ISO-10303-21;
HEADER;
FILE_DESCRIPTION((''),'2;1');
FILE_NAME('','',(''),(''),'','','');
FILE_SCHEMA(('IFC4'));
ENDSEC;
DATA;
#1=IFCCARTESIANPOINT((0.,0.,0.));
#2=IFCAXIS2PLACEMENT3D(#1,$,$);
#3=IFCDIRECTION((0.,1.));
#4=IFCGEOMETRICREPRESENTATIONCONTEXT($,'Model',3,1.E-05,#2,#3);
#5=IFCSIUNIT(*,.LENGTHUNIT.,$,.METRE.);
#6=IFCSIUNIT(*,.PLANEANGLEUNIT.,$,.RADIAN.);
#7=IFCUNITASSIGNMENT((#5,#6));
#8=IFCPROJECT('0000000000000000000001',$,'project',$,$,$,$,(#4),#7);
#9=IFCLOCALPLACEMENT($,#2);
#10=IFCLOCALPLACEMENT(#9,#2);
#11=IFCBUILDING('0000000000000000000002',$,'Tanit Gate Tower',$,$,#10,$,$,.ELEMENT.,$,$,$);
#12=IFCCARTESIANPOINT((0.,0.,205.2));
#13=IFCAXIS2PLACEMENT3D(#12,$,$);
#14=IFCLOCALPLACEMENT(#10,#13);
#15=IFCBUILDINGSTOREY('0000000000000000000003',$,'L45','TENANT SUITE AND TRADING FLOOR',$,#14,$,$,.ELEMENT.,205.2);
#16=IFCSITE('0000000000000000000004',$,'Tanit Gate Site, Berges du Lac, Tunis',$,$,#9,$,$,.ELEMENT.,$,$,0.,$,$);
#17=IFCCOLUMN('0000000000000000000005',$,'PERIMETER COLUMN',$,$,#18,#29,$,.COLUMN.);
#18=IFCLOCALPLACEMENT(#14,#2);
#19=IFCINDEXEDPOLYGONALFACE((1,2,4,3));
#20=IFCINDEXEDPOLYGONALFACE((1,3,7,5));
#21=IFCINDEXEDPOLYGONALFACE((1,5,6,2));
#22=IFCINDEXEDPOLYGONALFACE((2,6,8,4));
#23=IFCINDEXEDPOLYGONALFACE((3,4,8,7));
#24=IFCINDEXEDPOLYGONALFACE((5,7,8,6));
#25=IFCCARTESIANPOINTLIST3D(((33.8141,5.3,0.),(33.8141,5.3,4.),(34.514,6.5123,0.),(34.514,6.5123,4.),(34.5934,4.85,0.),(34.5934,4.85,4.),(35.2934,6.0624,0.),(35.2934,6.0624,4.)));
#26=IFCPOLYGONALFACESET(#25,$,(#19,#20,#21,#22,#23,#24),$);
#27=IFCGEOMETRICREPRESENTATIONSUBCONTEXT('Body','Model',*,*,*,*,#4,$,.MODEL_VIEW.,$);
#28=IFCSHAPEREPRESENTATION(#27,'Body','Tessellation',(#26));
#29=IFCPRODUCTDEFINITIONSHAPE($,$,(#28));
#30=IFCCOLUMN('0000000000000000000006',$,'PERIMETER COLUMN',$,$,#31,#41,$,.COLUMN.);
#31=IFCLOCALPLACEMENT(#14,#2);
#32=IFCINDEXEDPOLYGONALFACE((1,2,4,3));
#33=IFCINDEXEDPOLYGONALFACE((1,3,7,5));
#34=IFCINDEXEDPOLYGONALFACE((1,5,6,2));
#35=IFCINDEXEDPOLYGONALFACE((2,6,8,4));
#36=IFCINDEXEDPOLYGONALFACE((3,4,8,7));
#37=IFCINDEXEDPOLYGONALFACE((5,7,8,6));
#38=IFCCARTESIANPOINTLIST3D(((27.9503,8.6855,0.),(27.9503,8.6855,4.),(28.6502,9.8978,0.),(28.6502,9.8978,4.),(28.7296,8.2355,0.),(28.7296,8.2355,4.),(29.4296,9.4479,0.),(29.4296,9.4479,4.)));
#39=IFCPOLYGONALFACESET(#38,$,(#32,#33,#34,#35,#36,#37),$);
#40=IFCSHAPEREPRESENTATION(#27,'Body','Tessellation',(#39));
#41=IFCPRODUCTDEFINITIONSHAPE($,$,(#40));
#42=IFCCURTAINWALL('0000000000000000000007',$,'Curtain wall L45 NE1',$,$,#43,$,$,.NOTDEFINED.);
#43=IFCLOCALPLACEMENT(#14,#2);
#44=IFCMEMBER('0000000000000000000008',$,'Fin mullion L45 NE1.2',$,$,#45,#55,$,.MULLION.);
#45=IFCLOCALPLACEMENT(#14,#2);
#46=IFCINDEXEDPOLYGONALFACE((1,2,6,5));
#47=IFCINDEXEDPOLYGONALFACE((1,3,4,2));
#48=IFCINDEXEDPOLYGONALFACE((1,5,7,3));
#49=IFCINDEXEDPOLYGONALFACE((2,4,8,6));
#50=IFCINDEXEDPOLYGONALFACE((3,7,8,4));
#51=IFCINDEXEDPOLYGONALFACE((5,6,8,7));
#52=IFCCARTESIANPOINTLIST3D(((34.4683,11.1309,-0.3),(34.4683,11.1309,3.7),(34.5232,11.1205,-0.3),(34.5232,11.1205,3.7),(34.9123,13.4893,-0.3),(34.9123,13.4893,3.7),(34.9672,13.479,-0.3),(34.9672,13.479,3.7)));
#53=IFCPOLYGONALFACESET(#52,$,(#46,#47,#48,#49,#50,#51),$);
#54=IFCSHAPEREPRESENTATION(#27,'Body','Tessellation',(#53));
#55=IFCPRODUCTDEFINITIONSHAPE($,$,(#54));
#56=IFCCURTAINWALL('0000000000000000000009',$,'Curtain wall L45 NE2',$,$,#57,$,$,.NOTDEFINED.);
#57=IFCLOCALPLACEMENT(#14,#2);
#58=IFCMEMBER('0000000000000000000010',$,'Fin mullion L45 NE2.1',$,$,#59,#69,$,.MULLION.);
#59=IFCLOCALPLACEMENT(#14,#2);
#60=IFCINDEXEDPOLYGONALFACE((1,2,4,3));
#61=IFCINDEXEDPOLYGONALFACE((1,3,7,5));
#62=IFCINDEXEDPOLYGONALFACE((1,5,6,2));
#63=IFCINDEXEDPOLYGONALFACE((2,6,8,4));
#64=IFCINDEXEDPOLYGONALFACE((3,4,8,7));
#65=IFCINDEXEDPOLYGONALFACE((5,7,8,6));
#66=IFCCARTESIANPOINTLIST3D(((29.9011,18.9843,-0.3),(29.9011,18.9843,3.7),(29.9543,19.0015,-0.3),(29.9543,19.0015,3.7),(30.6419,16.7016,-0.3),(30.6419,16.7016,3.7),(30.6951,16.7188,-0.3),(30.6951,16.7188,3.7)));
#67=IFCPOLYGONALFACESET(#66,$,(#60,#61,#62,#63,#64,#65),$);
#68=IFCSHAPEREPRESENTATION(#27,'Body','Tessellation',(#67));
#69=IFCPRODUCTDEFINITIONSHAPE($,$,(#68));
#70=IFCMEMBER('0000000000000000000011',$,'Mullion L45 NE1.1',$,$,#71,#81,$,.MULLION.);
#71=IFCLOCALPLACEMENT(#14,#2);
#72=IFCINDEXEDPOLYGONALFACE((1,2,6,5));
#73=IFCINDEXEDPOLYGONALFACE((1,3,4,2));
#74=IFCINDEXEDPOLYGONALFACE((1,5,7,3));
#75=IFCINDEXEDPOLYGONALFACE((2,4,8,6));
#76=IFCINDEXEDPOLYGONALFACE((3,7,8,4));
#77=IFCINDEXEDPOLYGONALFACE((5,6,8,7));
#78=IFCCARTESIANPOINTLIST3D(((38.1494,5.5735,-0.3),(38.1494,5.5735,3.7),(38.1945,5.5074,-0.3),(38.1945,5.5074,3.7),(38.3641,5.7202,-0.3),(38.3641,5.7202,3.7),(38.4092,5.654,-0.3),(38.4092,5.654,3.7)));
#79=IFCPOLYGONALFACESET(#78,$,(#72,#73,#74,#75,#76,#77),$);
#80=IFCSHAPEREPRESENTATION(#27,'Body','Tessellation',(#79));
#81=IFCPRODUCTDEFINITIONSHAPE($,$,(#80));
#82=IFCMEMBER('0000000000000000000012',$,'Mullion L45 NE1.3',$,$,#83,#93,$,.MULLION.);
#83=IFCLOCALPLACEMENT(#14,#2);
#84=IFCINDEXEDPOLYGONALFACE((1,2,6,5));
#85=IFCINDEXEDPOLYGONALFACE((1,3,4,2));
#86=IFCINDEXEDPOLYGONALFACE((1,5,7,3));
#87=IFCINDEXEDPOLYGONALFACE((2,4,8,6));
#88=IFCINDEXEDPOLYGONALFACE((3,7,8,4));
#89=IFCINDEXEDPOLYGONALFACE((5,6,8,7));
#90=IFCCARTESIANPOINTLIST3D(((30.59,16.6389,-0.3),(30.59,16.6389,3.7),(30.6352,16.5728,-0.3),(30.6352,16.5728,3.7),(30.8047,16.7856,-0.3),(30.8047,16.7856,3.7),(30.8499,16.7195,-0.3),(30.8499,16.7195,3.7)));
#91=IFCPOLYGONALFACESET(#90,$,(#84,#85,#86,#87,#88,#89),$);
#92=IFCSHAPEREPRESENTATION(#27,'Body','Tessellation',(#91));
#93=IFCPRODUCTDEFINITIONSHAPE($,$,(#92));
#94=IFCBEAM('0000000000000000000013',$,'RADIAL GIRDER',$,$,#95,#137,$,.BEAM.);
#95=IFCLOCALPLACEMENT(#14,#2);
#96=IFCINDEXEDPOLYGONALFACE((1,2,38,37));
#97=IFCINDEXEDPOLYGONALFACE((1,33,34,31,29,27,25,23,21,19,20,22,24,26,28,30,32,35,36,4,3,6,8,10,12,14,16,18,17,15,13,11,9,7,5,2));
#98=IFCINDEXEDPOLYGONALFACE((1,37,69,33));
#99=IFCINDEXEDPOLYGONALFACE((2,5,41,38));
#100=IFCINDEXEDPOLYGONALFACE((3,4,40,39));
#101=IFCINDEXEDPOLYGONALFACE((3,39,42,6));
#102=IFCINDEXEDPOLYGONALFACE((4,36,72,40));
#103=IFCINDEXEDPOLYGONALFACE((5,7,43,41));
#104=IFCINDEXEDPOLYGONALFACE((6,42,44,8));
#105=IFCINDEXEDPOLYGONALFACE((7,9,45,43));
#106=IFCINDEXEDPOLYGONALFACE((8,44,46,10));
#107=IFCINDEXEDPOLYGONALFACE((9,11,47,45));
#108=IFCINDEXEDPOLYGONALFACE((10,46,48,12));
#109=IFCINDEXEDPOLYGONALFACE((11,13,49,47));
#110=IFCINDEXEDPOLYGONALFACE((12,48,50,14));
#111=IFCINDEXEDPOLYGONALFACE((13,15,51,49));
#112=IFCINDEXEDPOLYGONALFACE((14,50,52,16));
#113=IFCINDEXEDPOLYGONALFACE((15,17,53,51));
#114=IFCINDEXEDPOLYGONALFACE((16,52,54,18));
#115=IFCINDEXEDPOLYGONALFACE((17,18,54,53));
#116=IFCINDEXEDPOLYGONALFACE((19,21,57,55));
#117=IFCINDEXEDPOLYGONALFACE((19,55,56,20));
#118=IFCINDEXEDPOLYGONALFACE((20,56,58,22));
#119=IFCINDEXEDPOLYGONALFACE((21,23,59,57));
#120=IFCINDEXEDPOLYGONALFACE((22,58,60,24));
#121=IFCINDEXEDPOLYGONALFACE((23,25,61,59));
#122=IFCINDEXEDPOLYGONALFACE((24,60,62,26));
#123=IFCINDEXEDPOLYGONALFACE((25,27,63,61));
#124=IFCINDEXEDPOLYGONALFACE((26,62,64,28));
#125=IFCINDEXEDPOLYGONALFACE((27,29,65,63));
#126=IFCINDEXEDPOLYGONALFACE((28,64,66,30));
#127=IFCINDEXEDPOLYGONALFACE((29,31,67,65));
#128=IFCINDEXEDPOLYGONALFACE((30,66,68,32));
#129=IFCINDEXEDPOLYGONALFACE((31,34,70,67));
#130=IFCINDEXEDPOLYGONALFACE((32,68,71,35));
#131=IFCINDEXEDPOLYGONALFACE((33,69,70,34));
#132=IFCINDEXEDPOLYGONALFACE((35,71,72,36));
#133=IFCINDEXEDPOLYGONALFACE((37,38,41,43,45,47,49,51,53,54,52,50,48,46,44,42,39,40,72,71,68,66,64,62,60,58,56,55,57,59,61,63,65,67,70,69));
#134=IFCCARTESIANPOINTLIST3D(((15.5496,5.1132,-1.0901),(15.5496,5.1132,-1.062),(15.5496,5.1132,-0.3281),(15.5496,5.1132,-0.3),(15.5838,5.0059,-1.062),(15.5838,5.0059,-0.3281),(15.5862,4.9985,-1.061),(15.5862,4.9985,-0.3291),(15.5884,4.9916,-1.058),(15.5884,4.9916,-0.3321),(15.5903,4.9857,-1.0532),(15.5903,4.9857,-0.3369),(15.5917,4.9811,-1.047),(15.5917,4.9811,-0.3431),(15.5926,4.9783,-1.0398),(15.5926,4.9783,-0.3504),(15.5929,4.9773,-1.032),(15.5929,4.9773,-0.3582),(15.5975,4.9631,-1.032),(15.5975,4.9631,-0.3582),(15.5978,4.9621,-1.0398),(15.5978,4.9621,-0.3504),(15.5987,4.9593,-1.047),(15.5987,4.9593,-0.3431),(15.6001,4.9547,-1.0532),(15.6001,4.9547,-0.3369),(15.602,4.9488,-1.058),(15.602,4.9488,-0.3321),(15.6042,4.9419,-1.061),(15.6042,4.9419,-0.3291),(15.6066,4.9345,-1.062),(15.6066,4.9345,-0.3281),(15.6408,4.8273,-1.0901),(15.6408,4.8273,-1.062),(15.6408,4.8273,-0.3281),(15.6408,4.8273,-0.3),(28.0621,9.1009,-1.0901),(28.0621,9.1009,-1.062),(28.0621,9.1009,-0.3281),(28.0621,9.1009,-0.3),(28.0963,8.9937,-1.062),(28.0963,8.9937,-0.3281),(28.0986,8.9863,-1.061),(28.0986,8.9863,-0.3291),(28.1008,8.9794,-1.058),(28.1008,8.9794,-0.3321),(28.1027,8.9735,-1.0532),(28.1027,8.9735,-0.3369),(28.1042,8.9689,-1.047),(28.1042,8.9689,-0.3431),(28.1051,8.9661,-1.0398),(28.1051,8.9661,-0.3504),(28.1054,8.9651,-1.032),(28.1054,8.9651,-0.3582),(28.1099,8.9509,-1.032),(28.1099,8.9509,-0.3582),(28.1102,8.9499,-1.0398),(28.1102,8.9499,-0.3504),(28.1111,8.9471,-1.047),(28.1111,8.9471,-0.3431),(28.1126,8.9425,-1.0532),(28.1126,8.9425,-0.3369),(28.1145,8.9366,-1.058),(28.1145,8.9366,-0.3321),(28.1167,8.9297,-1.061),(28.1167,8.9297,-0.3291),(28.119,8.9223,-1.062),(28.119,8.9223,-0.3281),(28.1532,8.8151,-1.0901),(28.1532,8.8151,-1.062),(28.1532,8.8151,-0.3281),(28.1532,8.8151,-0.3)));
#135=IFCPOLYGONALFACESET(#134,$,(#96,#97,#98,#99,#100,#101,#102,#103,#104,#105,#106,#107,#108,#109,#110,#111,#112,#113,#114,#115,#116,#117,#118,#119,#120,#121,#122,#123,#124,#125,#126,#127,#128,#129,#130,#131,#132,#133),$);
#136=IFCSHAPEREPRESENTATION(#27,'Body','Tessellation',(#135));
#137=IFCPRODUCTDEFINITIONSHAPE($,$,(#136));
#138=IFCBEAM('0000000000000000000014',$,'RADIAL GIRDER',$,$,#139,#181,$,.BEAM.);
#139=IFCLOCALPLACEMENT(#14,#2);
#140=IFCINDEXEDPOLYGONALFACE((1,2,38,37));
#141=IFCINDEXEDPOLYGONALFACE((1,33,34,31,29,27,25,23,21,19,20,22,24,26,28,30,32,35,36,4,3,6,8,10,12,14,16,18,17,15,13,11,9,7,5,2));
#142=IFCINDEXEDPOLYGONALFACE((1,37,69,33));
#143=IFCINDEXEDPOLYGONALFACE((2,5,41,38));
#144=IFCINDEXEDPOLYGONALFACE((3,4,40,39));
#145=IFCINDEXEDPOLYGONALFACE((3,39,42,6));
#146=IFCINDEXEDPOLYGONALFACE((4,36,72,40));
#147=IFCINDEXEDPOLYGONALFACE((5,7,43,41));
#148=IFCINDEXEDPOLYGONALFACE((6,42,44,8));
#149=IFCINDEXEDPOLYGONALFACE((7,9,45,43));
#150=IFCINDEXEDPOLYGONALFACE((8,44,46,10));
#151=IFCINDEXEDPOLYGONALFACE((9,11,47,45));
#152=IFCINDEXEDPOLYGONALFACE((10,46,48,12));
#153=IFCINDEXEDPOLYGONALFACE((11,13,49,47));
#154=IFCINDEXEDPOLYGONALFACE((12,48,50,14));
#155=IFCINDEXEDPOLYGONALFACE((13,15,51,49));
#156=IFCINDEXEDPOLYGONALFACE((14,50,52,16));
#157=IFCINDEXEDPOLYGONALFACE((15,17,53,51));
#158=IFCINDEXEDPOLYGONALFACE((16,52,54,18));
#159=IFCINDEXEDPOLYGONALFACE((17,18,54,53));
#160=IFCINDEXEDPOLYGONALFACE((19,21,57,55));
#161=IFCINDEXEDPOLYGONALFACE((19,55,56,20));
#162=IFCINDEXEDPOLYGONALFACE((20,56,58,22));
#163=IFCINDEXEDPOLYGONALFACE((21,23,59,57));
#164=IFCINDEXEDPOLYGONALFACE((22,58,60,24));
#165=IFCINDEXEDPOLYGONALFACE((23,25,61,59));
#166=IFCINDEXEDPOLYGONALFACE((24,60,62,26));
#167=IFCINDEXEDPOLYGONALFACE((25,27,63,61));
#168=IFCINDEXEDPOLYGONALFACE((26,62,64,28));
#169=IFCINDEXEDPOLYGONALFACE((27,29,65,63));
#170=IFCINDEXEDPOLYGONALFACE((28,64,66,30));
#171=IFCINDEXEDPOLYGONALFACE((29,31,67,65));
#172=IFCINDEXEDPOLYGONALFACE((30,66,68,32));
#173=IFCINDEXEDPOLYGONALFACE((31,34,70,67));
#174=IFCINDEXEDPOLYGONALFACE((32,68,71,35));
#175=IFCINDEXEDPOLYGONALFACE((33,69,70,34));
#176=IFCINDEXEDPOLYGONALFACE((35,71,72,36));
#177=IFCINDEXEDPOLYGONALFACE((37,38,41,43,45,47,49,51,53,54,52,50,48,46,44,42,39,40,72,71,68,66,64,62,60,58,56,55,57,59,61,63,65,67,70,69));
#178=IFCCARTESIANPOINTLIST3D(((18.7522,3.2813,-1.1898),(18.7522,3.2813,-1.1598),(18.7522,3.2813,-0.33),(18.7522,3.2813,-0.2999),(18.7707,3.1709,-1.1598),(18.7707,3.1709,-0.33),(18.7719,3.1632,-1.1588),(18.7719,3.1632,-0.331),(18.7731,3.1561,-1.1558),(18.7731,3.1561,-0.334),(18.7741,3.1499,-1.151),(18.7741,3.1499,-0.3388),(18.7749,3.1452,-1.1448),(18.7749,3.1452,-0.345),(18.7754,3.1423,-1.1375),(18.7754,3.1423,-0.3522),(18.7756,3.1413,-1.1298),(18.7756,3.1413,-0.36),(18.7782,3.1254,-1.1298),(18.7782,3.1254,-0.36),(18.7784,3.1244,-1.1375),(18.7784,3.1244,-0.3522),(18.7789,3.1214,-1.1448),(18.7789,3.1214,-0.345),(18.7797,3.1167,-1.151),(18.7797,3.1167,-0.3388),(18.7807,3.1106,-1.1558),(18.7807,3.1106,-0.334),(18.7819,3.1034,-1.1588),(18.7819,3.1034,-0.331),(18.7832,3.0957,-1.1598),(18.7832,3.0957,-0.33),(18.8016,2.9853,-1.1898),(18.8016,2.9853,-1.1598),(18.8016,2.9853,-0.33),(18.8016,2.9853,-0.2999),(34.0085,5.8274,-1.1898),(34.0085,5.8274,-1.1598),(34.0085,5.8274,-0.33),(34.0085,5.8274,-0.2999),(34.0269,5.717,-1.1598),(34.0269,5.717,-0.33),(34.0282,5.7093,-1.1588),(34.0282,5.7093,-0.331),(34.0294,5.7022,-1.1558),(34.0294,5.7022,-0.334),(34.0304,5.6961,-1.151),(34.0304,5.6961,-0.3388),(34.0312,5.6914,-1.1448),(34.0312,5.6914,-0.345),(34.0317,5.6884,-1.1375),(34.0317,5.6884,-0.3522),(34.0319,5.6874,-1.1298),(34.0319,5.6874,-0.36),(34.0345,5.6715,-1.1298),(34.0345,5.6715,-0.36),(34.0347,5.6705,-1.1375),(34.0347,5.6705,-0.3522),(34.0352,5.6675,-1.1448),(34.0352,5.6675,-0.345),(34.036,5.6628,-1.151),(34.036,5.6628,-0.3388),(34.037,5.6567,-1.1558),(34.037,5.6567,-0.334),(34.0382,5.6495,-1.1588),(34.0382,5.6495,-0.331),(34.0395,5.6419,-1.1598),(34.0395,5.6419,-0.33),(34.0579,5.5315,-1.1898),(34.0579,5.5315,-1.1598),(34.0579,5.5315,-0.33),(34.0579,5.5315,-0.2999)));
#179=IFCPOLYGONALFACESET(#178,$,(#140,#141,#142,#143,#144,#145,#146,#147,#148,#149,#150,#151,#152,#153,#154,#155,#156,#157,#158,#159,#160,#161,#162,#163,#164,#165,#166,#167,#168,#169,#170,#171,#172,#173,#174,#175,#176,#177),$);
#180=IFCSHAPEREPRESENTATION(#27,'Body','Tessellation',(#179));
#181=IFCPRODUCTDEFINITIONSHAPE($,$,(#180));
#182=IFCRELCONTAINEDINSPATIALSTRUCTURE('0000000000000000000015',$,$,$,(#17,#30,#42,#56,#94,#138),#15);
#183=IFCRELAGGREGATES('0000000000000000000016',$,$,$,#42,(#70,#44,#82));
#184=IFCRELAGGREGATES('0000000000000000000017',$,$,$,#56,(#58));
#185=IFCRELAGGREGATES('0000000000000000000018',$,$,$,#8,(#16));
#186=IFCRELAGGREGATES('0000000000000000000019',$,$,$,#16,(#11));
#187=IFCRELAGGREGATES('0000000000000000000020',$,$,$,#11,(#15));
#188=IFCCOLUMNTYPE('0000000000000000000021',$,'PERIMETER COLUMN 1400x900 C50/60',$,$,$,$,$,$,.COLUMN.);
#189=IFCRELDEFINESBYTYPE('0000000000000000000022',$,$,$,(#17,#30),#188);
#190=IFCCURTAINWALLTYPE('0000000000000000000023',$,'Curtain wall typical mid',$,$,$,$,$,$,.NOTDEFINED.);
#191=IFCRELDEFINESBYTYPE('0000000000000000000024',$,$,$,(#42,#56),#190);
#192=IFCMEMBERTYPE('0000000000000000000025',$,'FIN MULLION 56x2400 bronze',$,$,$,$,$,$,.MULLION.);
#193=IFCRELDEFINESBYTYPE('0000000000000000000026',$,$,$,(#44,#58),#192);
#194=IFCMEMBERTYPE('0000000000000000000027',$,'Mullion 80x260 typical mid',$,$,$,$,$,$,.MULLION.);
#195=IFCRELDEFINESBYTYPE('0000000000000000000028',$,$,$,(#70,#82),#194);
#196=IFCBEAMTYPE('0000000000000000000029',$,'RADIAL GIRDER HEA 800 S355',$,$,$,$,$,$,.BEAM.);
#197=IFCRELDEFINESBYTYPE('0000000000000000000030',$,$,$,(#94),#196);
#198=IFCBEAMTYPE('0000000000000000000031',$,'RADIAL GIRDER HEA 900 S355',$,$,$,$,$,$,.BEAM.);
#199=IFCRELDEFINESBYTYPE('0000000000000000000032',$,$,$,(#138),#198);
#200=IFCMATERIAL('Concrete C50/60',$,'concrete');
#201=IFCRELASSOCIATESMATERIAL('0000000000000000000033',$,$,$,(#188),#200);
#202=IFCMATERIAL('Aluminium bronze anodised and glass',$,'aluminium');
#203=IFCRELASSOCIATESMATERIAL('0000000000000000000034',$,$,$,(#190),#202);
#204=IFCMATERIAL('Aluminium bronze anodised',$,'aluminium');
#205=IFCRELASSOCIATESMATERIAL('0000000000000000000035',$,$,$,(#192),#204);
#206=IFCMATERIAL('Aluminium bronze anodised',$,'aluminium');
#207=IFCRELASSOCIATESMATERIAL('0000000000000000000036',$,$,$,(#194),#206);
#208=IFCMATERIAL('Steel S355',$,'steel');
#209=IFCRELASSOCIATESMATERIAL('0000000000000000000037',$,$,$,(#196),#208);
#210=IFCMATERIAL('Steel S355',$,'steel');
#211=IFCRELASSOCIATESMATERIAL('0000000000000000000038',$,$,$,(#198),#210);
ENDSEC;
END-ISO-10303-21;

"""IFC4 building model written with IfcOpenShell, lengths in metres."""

from ifc_helpers import new_model, si_unit, direction, frame, origin, origin_2d, place, context, subcontext, project, spatial, rectangle, i_section, extrude, material, material_profile, profile_set, type_object, element, aggregate, save


model = new_model("IFC4")

# Units and contexts
model_context = context("Model", 3, precision=1e-05, world=origin(), true_north=direction((0.0, 1.0)))
body_context = subcontext(model_context, "Body", "Model", "MODEL_VIEW")
ifc_project = project(units=[si_unit("LENGTHUNIT", "METRE"), si_unit("PLANEANGLEUNIT", "RADIAN")], contexts=[model_context])

# Site, building, storey
site_placement = place(None, origin())
site = spatial("IfcSite", under=ifc_project, at=site_placement, Name="Tanit Gate Site, Berges du Lac, Tunis", CompositionType="ELEMENT", RefElevation=0.0)
building_placement = place(site_placement, origin())
building = spatial("IfcBuilding", under=site, at=building_placement, Name="Tanit Gate Tower", CompositionType="ELEMENT")
storey_placement = place(building_placement, frame((0.0, 0.0, 205.2)))
storey = spatial("IfcBuildingStorey", under=building, at=storey_placement, Name="L45", Description="TENANT SUITE AND TRADING FLOOR", CompositionType="ELEMENT", Elevation=205.2)

# Columns
ifc_material_1 = material(Name="Concrete C50/60", Category="concrete")
ifc_material_profile_1 = material_profile(ifc_material_1, rectangle(XDim=1.3999, YDim=0.8999, at=origin_2d()), Name="RC 1400x900")
ifc_profile_set_1 = profile_set([ifc_material_profile_1], Name="Concrete C50/60")
column_type = type_object("IfcColumnType", Name="PERIMETER COLUMN 1400x900 C50/60", PredefinedType="COLUMN", material=ifc_profile_set_1)
for number, where, z_axis, x_axis, name in (
    (1, (34.5537, 5.6812, 0.0), (0.0, 0.0, 1.0), (0.5, 0.866025, 0.0), "PERIMETER COLUMN"),
    (2, (28.6899, 9.0667, 0.0), (0.0, 0.0, 1.0), (0.5, 0.866025, 0.0), "PERIMETER COLUMN"),
):
    element("IfcColumn", number, at=place(storey_placement, frame(where, z_axis=z_axis, x_axis=x_axis)), inside=storey, type_object=column_type, Name=name, PredefinedType="COLUMN", context=body_context, shape_type="SweptSolid", body=[
        extrude(rectangle(XDim=1.3999, YDim=0.8999, at=origin_2d()), origin(), (0.0, 0.0, 1.0), 4.0),
    ])

# Curtain walls, members
ifc_material_2 = material(Name="Aluminium bronze anodised and glass", Category="aluminium")
curtain_wall_type = type_object("IfcCurtainWallType", Name="Curtain wall typical mid", PredefinedType="NOTDEFINED", material=ifc_material_2)
curtain_wall_1_placement = place(storey_placement, origin())
curtain_wall_1 = element("IfcCurtainWall", 3, at=curtain_wall_1_placement, inside=storey, type_object=curtain_wall_type, Name="Curtain wall L45 NE1", PredefinedType="NOTDEFINED")
ifc_material_3 = material(Name="Aluminium bronze anodised", Category="aluminium")
ifc_material_profile_2 = material_profile(ifc_material_3, rectangle(XDim=2.3999, YDim=0.0559, at=origin_2d()), Name="56x2400 bronze fin mullion")
ifc_profile_set_2 = profile_set([ifc_material_profile_2], Name="Aluminium bronze anodised")
member_type_1 = type_object("IfcMemberType", Name="FIN MULLION 56x2400 bronze", PredefinedType="MULLION", material=ifc_profile_set_2)
member_1_placement = place(storey_placement, frame((34.7178, 12.3049, -0.3), z_axis=(0.0, 0.0, 1.0), x_axis=(-0.18501, -0.982737, 0.0)))
member_1 = element("IfcMember", 4, at=member_1_placement, type_object=member_type_1, Name="Fin mullion L45 NE1.2", PredefinedType="MULLION", context=body_context, shape_type="SweptSolid", body=[
    extrude(rectangle(XDim=2.3999, YDim=0.0559, at=origin_2d()), origin(), (0.0, 0.0, 1.0), 4.0),
])
curtain_wall_2_placement = place(storey_placement, origin())
curtain_wall_2 = element("IfcCurtainWall", 5, at=curtain_wall_2_placement, inside=storey, type_object=curtain_wall_type, Name="Curtain wall L45 NE2", PredefinedType="NOTDEFINED")
member_2_placement = place(storey_placement, frame((30.2981, 17.8516, -0.3), z_axis=(0.0, 0.0, 1.0), x_axis=(0.3087, -0.95116, 0.0)))
member_2 = element("IfcMember", 6, at=member_2_placement, type_object=member_type_1, Name="Fin mullion L45 NE2.1", PredefinedType="MULLION", context=body_context, shape_type="SweptSolid", body=[
    extrude(rectangle(XDim=2.3999, YDim=0.0559, at=origin_2d()), origin(), (0.0, 0.0, 1.0), 4.0),
])

# Members
ifc_material_4 = material(Name="Aluminium bronze anodised", Category="aluminium")
ifc_material_profile_3 = material_profile(ifc_material_4, rectangle(XDim=0.26, YDim=0.0801, at=origin_2d()), Name="80x260 bronze mullion")
ifc_profile_set_3 = profile_set([ifc_material_profile_3], Name="Aluminium bronze anodised")
member_type_2 = type_object("IfcMemberType", Name="Mullion 80x260 typical mid", PredefinedType="MULLION", material=ifc_profile_set_3)
member_3_placement = place(storey_placement, frame((38.2793, 5.6138, -0.3), z_axis=(0.0, 0.0, 1.0), x_axis=(-0.825722, -0.564078, 0.0)))
member_3 = element("IfcMember", 7, at=member_3_placement, type_object=member_type_2, Name="Mullion L45 NE1.1", PredefinedType="MULLION", context=body_context, shape_type="SweptSolid", body=[
    extrude(rectangle(XDim=0.26, YDim=0.0801, at=origin_2d()), origin(), (0.0, 0.0, 1.0), 4.0),
])
member_4_placement = place(storey_placement, frame((30.72, 16.6792, -0.3), z_axis=(0.0, 0.0, 1.0), x_axis=(-0.825722, -0.564078, 0.0)))
member_4 = element("IfcMember", 8, at=member_4_placement, type_object=member_type_2, Name="Mullion L45 NE1.3", PredefinedType="MULLION", context=body_context, shape_type="SweptSolid", body=[
    extrude(rectangle(XDim=0.26, YDim=0.0801, at=origin_2d()), origin(), (0.0, 0.0, 1.0), 4.0),
])

# Beams
ifc_material_5 = material(Name="Steel S355", Category="steel")
ifc_material_profile_4 = material_profile(ifc_material_5, i_section(OverallWidth=0.3, OverallDepth=0.79, WebThickness=0.0149, FlangeThickness=0.0281, FilletRadius=0.03, at=origin_2d()), Name="HEA 800")
ifc_profile_set_4 = profile_set([ifc_material_profile_4], Name="Steel S355")
beam_type_1 = type_object("IfcBeamType", Name="RADIAL GIRDER HEA 800 S355", PredefinedType="BEAM", material=ifc_profile_set_4)
beam_1_placement = place(storey_placement, frame((28.1077, 8.958, -0.6951), z_axis=(-0.952781, -0.303657, 0.0), x_axis=(0.303657, -0.952781, 0.0)))
element("IfcBeam", 9, at=beam_1_placement, inside=storey, type_object=beam_type_1, Name="RADIAL GIRDER", PredefinedType="BEAM", context=body_context, shape_type="SweptSolid", body=[
    extrude(i_section(OverallWidth=0.3, OverallDepth=0.79, WebThickness=0.0149, FlangeThickness=0.0281, FilletRadius=0.03, at=origin_2d()), origin(), (0.0, 0.0, 1.0), 13.1326),
])
ifc_material_6 = material(Name="Steel S355", Category="steel")
ifc_material_profile_5 = material_profile(ifc_material_6, i_section(OverallWidth=0.3, OverallDepth=0.8899, WebThickness=0.0161, FlangeThickness=0.03, FilletRadius=0.03, at=origin_2d()), Name="HEA 900")
ifc_profile_set_5 = profile_set([ifc_material_profile_5], Name="Steel S355")
beam_type_2 = type_object("IfcBeamType", Name="RADIAL GIRDER HEA 900 S355", PredefinedType="BEAM", material=ifc_profile_set_5)
beam_2_placement = place(storey_placement, frame((34.0332, 5.6794, -0.7449), z_axis=(-0.986358, -0.164614, 0.0), x_axis=(0.164614, -0.986358, 0.0)))
element("IfcBeam", 10, at=beam_2_placement, inside=storey, type_object=beam_type_2, Name="RADIAL GIRDER", PredefinedType="BEAM", context=body_context, shape_type="SweptSolid", body=[
    extrude(i_section(OverallWidth=0.3, OverallDepth=0.8899, WebThickness=0.0161, FlangeThickness=0.03, FilletRadius=0.03, at=origin_2d()), origin(), (0.0, 0.0, 1.0), 15.4673),
])

aggregate(curtain_wall_1, [member_3, member_1, member_4])
aggregate(curtain_wall_2, [member_2])

save(model, "model.ifc")
